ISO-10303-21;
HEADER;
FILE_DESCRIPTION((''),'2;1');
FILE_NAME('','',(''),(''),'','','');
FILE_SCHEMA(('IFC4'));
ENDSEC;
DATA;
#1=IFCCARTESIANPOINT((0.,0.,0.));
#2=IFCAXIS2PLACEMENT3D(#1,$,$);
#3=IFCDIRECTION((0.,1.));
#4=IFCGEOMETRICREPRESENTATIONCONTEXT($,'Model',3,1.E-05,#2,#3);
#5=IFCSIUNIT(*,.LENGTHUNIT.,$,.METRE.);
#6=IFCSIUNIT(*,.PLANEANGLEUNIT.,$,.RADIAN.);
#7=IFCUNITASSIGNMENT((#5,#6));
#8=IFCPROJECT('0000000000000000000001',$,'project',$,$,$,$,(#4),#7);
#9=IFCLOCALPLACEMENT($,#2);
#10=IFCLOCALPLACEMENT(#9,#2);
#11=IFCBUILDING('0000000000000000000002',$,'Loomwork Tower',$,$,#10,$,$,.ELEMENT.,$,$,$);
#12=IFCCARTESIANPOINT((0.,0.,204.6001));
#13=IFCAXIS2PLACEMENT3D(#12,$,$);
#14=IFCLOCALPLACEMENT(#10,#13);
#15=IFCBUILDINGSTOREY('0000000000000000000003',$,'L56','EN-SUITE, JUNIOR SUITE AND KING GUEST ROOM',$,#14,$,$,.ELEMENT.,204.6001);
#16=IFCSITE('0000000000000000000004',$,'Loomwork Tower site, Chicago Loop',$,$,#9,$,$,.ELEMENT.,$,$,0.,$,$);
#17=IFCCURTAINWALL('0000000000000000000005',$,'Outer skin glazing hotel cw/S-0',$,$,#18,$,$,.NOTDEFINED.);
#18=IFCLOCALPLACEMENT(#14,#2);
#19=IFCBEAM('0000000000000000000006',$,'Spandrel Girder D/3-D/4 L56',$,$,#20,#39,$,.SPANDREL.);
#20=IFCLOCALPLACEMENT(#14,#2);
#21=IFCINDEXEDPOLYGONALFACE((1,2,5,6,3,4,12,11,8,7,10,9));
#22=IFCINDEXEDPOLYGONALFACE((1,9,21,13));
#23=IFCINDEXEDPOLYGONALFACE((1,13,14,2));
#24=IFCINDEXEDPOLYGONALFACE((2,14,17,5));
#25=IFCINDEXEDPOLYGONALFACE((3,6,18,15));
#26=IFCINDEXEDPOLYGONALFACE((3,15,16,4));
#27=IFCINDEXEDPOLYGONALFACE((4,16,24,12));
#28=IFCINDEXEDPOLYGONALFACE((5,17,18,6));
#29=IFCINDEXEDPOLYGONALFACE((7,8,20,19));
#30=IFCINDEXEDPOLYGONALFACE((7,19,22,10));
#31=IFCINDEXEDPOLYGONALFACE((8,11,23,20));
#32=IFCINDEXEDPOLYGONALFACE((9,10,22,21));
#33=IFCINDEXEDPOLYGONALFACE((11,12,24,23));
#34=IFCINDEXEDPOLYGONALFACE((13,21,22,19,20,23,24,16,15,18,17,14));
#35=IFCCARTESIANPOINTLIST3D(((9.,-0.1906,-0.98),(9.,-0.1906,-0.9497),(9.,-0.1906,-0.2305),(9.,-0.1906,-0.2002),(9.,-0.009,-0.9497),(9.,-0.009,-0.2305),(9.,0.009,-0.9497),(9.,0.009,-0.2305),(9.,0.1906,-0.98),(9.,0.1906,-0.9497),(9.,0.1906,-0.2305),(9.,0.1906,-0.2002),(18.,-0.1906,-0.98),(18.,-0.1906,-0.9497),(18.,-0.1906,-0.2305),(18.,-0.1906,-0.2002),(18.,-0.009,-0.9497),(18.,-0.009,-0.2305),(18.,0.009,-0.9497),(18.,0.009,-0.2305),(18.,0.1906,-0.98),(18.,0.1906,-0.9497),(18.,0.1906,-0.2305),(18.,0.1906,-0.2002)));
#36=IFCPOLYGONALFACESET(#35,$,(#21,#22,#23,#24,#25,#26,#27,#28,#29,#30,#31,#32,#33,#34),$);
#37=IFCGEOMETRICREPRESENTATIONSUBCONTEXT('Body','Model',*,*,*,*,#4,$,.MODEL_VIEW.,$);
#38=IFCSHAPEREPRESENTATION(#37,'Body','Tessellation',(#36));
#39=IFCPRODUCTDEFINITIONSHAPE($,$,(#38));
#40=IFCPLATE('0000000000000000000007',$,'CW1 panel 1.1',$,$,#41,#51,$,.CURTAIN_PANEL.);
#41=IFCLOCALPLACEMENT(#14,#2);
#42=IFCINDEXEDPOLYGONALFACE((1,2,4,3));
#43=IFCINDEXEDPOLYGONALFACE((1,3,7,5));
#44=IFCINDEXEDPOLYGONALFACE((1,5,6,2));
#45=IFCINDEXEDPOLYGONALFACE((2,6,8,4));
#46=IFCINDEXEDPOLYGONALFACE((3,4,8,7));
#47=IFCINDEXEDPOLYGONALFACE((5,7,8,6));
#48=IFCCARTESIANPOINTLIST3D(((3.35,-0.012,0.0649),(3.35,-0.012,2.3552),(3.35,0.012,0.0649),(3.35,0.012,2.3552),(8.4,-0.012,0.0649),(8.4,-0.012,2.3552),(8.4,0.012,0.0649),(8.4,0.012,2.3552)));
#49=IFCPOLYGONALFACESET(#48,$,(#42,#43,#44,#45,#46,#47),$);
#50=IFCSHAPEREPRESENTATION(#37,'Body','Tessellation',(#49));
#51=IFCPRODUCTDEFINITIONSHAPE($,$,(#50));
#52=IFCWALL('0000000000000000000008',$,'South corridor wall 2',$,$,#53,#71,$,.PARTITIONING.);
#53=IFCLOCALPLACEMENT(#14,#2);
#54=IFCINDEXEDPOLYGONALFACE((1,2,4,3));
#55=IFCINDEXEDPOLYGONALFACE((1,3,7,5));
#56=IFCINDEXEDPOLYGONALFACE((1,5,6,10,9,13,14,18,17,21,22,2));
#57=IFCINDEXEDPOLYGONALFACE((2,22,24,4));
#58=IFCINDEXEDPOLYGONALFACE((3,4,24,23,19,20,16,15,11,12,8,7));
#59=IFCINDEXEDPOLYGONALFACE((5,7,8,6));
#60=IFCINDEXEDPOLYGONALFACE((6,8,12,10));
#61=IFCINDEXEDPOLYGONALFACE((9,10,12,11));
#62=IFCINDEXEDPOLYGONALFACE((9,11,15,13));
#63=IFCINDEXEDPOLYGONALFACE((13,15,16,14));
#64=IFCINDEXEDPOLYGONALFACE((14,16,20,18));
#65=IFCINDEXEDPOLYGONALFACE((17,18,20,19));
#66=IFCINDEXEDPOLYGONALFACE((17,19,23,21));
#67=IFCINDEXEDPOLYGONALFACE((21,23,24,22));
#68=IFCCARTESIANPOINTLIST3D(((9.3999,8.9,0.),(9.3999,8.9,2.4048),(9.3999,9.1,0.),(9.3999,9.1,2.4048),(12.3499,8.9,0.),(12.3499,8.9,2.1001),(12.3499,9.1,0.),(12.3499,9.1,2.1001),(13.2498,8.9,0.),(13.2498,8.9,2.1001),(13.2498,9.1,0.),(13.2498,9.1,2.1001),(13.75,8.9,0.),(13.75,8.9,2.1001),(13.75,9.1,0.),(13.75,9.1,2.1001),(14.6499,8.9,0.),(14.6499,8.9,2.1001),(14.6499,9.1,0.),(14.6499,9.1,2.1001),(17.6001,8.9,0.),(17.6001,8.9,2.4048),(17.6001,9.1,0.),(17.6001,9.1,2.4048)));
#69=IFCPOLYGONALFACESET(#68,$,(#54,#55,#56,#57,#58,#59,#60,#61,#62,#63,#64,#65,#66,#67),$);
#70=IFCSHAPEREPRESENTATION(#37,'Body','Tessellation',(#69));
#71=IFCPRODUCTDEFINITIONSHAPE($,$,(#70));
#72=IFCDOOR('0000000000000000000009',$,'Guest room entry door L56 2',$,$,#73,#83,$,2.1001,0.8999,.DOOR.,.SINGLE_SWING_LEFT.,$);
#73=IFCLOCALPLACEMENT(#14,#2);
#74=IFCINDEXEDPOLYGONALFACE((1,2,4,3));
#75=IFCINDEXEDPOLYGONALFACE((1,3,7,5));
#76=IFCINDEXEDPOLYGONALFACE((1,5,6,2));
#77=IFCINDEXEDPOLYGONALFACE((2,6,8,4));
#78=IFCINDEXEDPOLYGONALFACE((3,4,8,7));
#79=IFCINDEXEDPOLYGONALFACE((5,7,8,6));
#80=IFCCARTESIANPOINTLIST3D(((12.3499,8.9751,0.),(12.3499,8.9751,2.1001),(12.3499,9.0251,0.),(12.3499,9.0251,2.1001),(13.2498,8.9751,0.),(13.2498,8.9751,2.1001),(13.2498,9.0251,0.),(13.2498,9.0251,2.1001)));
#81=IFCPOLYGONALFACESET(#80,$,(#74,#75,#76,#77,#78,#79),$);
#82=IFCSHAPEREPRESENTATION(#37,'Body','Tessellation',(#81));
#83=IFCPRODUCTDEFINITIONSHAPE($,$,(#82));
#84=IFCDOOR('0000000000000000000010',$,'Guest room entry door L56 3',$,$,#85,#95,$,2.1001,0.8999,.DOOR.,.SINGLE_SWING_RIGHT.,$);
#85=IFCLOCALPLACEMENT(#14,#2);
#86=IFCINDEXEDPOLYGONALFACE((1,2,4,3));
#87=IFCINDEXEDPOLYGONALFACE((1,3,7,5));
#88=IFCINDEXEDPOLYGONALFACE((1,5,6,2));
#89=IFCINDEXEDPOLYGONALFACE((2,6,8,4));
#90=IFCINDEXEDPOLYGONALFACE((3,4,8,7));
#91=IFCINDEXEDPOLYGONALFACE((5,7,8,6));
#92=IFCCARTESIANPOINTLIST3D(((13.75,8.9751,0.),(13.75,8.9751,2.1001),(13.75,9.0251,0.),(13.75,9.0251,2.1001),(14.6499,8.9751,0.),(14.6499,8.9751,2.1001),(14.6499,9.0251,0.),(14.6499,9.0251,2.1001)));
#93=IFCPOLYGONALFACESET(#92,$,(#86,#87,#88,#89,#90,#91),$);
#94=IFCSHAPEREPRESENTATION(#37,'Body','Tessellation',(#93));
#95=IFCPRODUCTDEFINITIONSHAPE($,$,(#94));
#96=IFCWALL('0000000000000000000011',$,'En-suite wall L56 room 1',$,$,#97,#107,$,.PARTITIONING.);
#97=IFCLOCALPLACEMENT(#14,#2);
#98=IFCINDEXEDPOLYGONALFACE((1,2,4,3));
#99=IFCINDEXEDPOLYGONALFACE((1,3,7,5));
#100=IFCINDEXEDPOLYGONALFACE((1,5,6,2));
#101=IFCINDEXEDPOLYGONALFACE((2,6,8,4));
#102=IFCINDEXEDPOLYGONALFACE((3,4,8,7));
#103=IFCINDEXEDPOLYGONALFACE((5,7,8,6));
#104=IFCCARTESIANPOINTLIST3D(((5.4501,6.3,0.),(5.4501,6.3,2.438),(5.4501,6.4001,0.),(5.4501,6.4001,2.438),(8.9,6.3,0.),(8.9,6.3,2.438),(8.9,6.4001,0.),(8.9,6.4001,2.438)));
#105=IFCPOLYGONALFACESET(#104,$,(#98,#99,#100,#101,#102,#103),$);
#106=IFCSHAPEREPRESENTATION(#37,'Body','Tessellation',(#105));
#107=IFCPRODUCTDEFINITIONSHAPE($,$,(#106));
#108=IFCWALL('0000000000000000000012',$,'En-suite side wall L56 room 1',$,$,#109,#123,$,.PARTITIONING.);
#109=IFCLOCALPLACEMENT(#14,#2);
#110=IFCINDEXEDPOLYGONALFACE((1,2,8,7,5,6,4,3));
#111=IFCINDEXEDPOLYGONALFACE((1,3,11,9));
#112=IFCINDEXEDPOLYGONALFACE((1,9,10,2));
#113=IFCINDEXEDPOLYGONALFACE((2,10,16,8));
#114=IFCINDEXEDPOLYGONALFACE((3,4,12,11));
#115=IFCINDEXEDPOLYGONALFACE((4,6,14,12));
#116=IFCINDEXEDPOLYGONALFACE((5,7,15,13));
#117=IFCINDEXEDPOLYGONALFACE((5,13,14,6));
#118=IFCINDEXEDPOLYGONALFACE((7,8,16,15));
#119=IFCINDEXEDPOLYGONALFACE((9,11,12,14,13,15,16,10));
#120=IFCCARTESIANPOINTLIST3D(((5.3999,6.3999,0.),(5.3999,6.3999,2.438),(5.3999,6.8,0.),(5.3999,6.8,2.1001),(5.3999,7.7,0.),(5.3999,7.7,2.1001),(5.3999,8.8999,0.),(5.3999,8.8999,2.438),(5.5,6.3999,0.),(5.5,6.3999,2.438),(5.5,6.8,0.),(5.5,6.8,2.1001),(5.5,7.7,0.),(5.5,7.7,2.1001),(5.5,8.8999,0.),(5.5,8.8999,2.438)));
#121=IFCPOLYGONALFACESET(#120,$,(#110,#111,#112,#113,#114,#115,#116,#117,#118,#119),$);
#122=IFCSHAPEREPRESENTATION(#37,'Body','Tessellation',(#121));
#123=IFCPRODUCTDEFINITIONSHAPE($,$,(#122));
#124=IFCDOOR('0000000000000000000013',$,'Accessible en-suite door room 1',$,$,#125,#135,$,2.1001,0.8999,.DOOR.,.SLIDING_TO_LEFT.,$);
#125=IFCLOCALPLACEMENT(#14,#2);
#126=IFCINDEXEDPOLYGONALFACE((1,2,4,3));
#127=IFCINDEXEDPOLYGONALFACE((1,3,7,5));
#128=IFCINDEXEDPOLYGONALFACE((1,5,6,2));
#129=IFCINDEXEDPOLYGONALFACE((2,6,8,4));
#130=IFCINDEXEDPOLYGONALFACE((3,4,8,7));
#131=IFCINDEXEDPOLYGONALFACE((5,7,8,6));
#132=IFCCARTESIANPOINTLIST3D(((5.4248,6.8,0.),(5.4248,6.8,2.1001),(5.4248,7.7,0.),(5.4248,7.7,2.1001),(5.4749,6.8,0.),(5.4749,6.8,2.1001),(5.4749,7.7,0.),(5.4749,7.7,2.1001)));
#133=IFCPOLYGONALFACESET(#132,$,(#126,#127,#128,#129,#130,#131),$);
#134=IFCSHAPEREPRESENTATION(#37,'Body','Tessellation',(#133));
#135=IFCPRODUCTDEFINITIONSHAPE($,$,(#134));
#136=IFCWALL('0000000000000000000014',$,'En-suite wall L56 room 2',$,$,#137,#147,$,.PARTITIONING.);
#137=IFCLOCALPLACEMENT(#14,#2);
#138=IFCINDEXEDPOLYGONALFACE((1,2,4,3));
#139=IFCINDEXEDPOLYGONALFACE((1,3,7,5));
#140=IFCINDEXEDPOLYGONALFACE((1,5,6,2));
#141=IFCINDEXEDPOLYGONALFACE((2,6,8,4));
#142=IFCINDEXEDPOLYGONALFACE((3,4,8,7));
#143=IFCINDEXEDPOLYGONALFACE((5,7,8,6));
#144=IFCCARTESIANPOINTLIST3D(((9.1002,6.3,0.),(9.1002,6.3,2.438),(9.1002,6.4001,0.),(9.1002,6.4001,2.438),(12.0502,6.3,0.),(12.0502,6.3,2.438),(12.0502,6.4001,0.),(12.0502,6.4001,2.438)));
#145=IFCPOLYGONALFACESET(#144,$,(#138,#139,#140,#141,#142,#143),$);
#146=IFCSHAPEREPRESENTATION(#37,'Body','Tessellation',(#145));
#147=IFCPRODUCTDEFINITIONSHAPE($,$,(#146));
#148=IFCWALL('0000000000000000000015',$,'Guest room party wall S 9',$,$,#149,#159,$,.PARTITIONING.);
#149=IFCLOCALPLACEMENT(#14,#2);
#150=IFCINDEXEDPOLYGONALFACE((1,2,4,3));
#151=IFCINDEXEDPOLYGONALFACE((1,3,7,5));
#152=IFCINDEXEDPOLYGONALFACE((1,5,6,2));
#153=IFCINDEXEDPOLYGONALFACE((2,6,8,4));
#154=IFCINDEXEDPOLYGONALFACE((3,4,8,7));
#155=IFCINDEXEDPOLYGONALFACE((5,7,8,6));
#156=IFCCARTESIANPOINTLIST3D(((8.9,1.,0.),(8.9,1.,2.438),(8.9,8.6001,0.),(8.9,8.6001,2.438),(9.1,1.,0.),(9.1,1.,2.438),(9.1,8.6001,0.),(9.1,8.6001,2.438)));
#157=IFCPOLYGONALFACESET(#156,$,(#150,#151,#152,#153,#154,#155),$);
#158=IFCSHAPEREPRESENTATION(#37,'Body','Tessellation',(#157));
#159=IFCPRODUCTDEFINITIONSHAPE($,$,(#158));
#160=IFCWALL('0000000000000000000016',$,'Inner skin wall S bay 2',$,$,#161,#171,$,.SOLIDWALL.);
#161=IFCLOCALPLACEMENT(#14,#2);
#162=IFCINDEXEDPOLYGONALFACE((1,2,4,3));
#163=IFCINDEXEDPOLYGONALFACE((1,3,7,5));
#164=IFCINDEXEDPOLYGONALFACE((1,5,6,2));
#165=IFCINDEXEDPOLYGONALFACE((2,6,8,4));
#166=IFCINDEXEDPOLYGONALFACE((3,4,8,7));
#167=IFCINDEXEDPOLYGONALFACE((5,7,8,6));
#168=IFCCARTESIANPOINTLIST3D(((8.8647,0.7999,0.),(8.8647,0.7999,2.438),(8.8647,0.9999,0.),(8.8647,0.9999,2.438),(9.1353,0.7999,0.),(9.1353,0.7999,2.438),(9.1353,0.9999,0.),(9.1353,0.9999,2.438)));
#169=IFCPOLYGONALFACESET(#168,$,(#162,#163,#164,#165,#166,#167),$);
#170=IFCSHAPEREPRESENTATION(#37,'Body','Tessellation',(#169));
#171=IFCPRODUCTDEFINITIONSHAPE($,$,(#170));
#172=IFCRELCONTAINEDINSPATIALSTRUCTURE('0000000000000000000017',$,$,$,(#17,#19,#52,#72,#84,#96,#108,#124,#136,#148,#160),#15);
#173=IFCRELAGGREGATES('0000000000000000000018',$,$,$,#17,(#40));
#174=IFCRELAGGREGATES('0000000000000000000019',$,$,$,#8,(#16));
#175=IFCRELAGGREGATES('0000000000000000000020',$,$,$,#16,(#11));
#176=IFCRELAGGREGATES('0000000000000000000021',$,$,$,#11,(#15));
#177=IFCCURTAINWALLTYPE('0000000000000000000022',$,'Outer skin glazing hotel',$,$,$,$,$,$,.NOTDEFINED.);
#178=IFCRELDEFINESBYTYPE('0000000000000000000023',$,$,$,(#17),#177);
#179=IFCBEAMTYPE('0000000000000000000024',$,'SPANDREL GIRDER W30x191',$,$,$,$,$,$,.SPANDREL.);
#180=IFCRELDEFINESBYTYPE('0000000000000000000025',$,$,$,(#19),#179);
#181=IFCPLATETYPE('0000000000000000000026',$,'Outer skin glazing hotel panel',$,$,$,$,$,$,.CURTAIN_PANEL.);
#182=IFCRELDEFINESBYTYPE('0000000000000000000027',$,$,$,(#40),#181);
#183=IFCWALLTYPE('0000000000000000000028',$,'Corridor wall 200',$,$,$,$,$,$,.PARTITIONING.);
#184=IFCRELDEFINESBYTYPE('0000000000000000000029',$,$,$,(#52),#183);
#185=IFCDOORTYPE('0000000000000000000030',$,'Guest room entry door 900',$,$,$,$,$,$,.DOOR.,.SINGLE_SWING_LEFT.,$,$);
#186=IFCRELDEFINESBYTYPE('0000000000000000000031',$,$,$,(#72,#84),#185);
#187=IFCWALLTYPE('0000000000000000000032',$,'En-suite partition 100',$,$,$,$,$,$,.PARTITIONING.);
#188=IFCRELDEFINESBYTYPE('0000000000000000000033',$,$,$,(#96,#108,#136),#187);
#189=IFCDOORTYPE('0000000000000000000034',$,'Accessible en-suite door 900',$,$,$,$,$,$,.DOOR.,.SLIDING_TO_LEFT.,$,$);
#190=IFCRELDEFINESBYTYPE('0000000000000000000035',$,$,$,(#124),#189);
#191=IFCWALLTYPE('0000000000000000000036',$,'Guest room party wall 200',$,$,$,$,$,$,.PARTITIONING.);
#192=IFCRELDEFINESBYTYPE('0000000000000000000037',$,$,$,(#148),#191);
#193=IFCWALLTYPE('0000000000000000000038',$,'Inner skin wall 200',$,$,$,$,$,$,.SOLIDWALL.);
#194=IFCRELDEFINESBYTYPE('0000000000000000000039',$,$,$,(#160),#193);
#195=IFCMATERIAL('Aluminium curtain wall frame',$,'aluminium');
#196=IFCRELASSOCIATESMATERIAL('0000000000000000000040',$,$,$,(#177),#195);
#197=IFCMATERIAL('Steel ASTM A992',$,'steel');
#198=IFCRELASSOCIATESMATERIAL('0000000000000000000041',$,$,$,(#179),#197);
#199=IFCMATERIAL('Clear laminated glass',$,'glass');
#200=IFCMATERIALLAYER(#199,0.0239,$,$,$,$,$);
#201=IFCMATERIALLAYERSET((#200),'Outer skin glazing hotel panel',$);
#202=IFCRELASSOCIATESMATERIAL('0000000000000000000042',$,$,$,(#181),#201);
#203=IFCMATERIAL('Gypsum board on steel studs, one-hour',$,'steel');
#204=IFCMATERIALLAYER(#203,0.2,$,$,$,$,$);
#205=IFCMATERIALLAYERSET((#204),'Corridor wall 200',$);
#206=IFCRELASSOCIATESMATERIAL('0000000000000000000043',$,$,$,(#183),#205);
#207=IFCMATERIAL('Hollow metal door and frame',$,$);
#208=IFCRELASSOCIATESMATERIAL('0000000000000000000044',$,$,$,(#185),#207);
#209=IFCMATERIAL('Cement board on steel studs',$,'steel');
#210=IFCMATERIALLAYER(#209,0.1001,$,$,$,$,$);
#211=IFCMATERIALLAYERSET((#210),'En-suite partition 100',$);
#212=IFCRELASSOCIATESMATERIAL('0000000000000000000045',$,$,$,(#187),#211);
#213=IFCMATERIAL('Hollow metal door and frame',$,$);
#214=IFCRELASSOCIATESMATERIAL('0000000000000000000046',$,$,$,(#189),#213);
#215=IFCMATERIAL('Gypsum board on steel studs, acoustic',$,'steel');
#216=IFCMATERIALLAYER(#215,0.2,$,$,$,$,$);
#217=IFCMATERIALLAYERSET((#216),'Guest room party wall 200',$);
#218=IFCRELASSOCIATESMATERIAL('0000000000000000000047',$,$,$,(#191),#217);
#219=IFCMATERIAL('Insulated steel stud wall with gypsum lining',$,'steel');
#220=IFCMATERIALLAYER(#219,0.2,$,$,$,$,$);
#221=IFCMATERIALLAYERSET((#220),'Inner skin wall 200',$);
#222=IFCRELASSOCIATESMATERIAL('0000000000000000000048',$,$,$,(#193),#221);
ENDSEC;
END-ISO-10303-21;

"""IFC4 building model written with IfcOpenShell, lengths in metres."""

from ifc_helpers import new_model, si_unit, direction, frame, frame_2d, origin, origin_2d, place, context, subcontext, project, spatial, rectangle, i_section, extrude, material, layer, layer_set, material_profile, profile_set, type_object, element, fill, aggregate, save


model = new_model("IFC4")

# Units and contexts
model_context = context("Model", 3, precision=1e-05, world=origin(), true_north=direction((0.0, 1.0)))
body_context = subcontext(model_context, "Body", "Model", "MODEL_VIEW")
ifc_project = project(units=[si_unit("LENGTHUNIT", "METRE"), si_unit("PLANEANGLEUNIT", "RADIAN")], contexts=[model_context])

# Site, building, storey
site_placement = place(None, origin())
site = spatial("IfcSite", under=ifc_project, at=site_placement, Name="Loomwork Tower site, Chicago Loop", CompositionType="ELEMENT", RefElevation=0.0)
building_placement = place(site_placement, origin())
building = spatial("IfcBuilding", under=site, at=building_placement, Name="Loomwork Tower", CompositionType="ELEMENT")
storey_placement = place(building_placement, frame((0.0, 0.0, 204.6001)))
storey = spatial("IfcBuildingStorey", under=building, at=storey_placement, Name="L56", Description="EN-SUITE, JUNIOR SUITE AND KING GUEST ROOM", CompositionType="ELEMENT", Elevation=204.6001)

# Curtain wall
ifc_material_1 = material(Name="Aluminium curtain wall frame", Category="aluminium")
curtain_wall_type = type_object("IfcCurtainWallType", Name="Outer skin glazing hotel", PredefinedType="NOTDEFINED", material=ifc_material_1)
curtain_wall_1_placement = place(storey_placement, origin())
curtain_wall_1 = element("IfcCurtainWall", 1, at=curtain_wall_1_placement, inside=storey, type_object=curtain_wall_type, Name="Outer skin glazing hotel cw/S-0", PredefinedType="NOTDEFINED")

# Beam
ifc_material_2 = material(Name="Steel ASTM A992", Category="steel")
ifc_material_profile_1 = material_profile(ifc_material_2, i_section(OverallWidth=0.3811, OverallDepth=0.7798, WebThickness=0.0181, FlangeThickness=0.0303, at=origin_2d()), Name="W30x191")
ifc_profile_set_1 = profile_set([ifc_material_profile_1], Name="Steel ASTM A992")
beam_type_1 = type_object("IfcBeamType", Name="SPANDREL GIRDER W30x191", PredefinedType="SPANDREL", material=ifc_profile_set_1)
beam_1_placement = place(storey_placement, frame((9.0, 0.0, -0.5901), z_axis=(1.0, 0.0, 0.0), x_axis=(0.0, 1.0, 0.0)))
element("IfcBeam", 2, at=beam_1_placement, inside=storey, type_object=beam_type_1, Name="Spandrel Girder D/3-D/4 L56", PredefinedType="SPANDREL", context=body_context, shape_type="SweptSolid", body=[
    extrude(i_section(OverallWidth=0.3811, OverallDepth=0.7798, WebThickness=0.0181, FlangeThickness=0.0303, at=origin_2d()), origin(), (0.0, 0.0, 1.0), 9.0),
])

# Plate
ifc_material_3 = material(Name="Clear laminated glass", Category="glass")
ifc_layer_1 = layer(ifc_material_3, 0.0239)
ifc_layer_set_1 = layer_set([ifc_layer_1], Name="Outer skin glazing hotel panel")
plate_type = type_object("IfcPlateType", Name="Outer skin glazing hotel panel", PredefinedType="CURTAIN_PANEL", material=ifc_layer_set_1)
plate_placement = place(storey_placement, frame((5.875, 0.0, 0.0649), z_axis=(0.0, 0.0, 1.0), x_axis=(1.0, 0.0, 0.0)))
plate = element("IfcPlate", 3, at=plate_placement, type_object=plate_type, Name="CW1 panel 1.1", PredefinedType="CURTAIN_PANEL", context=body_context, shape_type="SweptSolid", body=[
    extrude(rectangle(XDim=5.05, YDim=0.0239, at=origin_2d()), origin(), (0.0, 0.0, 1.0), 2.2903),
])
aggregate(curtain_wall_1, [plate])

# Wall, openings, doors
ifc_material_4 = material(Name="Gypsum board on steel studs, one-hour", Category="steel")
ifc_layer_2 = layer(ifc_material_4, 0.2)
ifc_layer_set_2 = layer_set([ifc_layer_2], Name="Corridor wall 200")
wall_type_1 = type_object("IfcWallType", Name="Corridor wall 200", PredefinedType="PARTITIONING", material=ifc_layer_set_2)
wall_1_placement = place(storey_placement, frame((9.3999, 9.0, 0.0), z_axis=(0.0, 0.0, 1.0), x_axis=(1.0, 0.0, 0.0)))
wall_1 = element("IfcWall", 4, at=wall_1_placement, inside=storey, type_object=wall_type_1, Name="South corridor wall 2", PredefinedType="PARTITIONING", context=body_context, shape_type="SweptSolid", body=[
    extrude(rectangle(XDim=8.2002, YDim=0.2, at=frame_2d((4.1001, 0.0))), origin(), (0.0, 0.0, 1.0), 2.4048),
])
opening_1_placement = place(wall_1_placement, frame((2.95, 0.0, 0.0)))
opening_1 = element("IfcOpeningElement", 5, at=opening_1_placement, cuts=wall_1, PredefinedType="OPENING", context=body_context, shape_type="SweptSolid", body=[
    extrude(rectangle(XDim=0.8999, YDim=2.1001, at=frame_2d((0.45, 1.05))), frame((0.0, 0.1099, 0.0), z_axis=(0.0, -1.0, 0.0), x_axis=(1.0, 0.0, 0.0)), (0.0, 0.0, 1.0), 0.22),
])
opening_2_placement = place(wall_1_placement, frame((4.3501, 0.0, 0.0)))
opening_2 = element("IfcOpeningElement", 6, at=opening_2_placement, cuts=wall_1, PredefinedType="OPENING", context=body_context, shape_type="SweptSolid", body=[
    extrude(rectangle(XDim=0.8999, YDim=2.1001, at=frame_2d((0.45, 1.05))), frame((0.0, 0.1099, 0.0), z_axis=(0.0, -1.0, 0.0), x_axis=(1.0, 0.0, 0.0)), (0.0, 0.0, 1.0), 0.22),
])
ifc_material_5 = material(Name="Hollow metal door and frame")
door_type_1 = type_object("IfcDoorType", Name="Guest room entry door 900", OperationType="SINGLE_SWING_LEFT", PredefinedType="DOOR", material=ifc_material_5)
door_1_placement = place(opening_1_placement, frame((0.8999, 0.0, 0.0), z_axis=(0.0, 0.0, 1.0), x_axis=(-1.0, 0.0, 0.0)))
door_1 = element("IfcDoor", 7, at=door_1_placement, inside=storey, type_object=door_type_1, Name="Guest room entry door L56 2", OperationType="SINGLE_SWING_LEFT", OverallHeight=2.1001, OverallWidth=0.8999, PredefinedType="DOOR", context=body_context, shape_type="SweptSolid", body=[
    extrude(rectangle(XDim=0.8999, YDim=2.1001, at=frame_2d((0.45, 1.05))), frame((0.0, 0.0249, 0.0), z_axis=(0.0, -1.0, 0.0), x_axis=(1.0, 0.0, 0.0)), (0.0, 0.0, 1.0), 0.05),
])
fill(opening_1, door_1)
door_2_placement = place(opening_2_placement, frame((0.8999, 0.0, 0.0), z_axis=(0.0, 0.0, 1.0), x_axis=(-1.0, 0.0, 0.0)))
door_2 = element("IfcDoor", 8, at=door_2_placement, inside=storey, type_object=door_type_1, Name="Guest room entry door L56 3", OperationType="SINGLE_SWING_RIGHT", OverallHeight=2.1001, OverallWidth=0.8999, PredefinedType="DOOR", context=body_context, shape_type="SweptSolid", body=[
    extrude(rectangle(XDim=0.8999, YDim=2.1001, at=frame_2d((0.45, 1.05))), frame((0.0, 0.0249, 0.0), z_axis=(0.0, -1.0, 0.0), x_axis=(1.0, 0.0, 0.0)), (0.0, 0.0, 1.0), 0.05),
])
fill(opening_2, door_2)

# Wall
ifc_material_6 = material(Name="Cement board on steel studs", Category="steel")
ifc_layer_3 = layer(ifc_material_6, 0.1001)
ifc_layer_set_3 = layer_set([ifc_layer_3], Name="En-suite partition 100")
wall_type_2 = type_object("IfcWallType", Name="En-suite partition 100", PredefinedType="PARTITIONING", material=ifc_layer_set_3)
wall_2_placement = place(storey_placement, frame((5.45, 6.3501, 0.0), z_axis=(0.0, 0.0, 1.0), x_axis=(1.0, 0.0, 0.0)))
element("IfcWall", 9, at=wall_2_placement, inside=storey, type_object=wall_type_2, Name="En-suite wall L56 room 1", PredefinedType="PARTITIONING", context=body_context, shape_type="SweptSolid", body=[
    extrude(rectangle(XDim=3.45, YDim=0.1001, at=frame_2d((1.7251, 0.0))), origin(), (0.0, 0.0, 1.0), 2.438),
])

# Wall, opening, door
wall_3_placement = place(storey_placement, frame((5.45, 8.8999, 0.0), z_axis=(0.0, 0.0, 1.0), x_axis=(0.0, -1.0, 0.0)))
wall_3 = element("IfcWall", 10, at=wall_3_placement, inside=storey, type_object=wall_type_2, Name="En-suite side wall L56 room 1", PredefinedType="PARTITIONING", context=body_context, shape_type="SweptSolid", body=[
    extrude(rectangle(XDim=2.5, YDim=0.1001, at=frame_2d((1.25, 0.0))), origin(), (0.0, 0.0, 1.0), 2.438),
])
opening_3_placement = place(wall_3_placement, frame((1.2, 0.0, 0.0)))
opening_3 = element("IfcOpeningElement", 11, at=opening_3_placement, cuts=wall_3, PredefinedType="OPENING", context=body_context, shape_type="SweptSolid", body=[
    extrude(rectangle(XDim=0.8999, YDim=2.1001, at=frame_2d((0.45, 1.05))), frame((0.0, 0.0601, 0.0), z_axis=(0.0, -1.0, 0.0), x_axis=(1.0, 0.0, 0.0)), (0.0, 0.0, 1.0), 0.1201),
])
ifc_material_7 = material(Name="Hollow metal door and frame")
door_type_2 = type_object("IfcDoorType", Name="Accessible en-suite door 900", OperationType="SLIDING_TO_LEFT", PredefinedType="DOOR", material=ifc_material_7)
door_3_placement = place(opening_3_placement, origin())
door_3 = element("IfcDoor", 12, at=door_3_placement, inside=storey, type_object=door_type_2, Name="Accessible en-suite door room 1", OperationType="SLIDING_TO_LEFT", OverallHeight=2.1001, OverallWidth=0.8999, PredefinedType="DOOR", context=body_context, shape_type="SweptSolid", body=[
    extrude(rectangle(XDim=0.8999, YDim=2.1001, at=frame_2d((0.45, 1.05))), frame((0.0, 0.0249, 0.0), z_axis=(0.0, -1.0, 0.0), x_axis=(1.0, 0.0, 0.0)), (0.0, 0.0, 1.0), 0.05),
])
fill(opening_3, door_3)

# Walls
wall_4_placement = place(storey_placement, frame((9.1001, 6.3501, 0.0), z_axis=(0.0, 0.0, 1.0), x_axis=(1.0, 0.0, 0.0)))
element("IfcWall", 13, at=wall_4_placement, inside=storey, type_object=wall_type_2, Name="En-suite wall L56 room 2", PredefinedType="PARTITIONING", context=body_context, shape_type="SweptSolid", body=[
    extrude(rectangle(XDim=2.95, YDim=0.1001, at=frame_2d((1.4751, 0.0))), origin(), (0.0, 0.0, 1.0), 2.438),
])
ifc_material_8 = material(Name="Gypsum board on steel studs, acoustic", Category="steel")
ifc_layer_4 = layer(ifc_material_8, 0.2)
ifc_layer_set_4 = layer_set([ifc_layer_4], Name="Guest room party wall 200")
wall_type_3 = type_object("IfcWallType", Name="Guest room party wall 200", PredefinedType="PARTITIONING", material=ifc_layer_set_4)
wall_5_placement = place(storey_placement, frame((9.0, 8.6001, 0.0), z_axis=(0.0, 0.0, 1.0), x_axis=(0.0, -1.0, 0.0)))
element("IfcWall", 14, at=wall_5_placement, inside=storey, type_object=wall_type_3, Name="Guest room party wall S 9", PredefinedType="PARTITIONING", context=body_context, shape_type="SweptSolid", body=[
    extrude(rectangle(XDim=7.6001, YDim=0.2, at=frame_2d((3.8, 0.0))), origin(), (0.0, 0.0, 1.0), 2.438),
])
ifc_material_9 = material(Name="Insulated steel stud wall with gypsum lining", Category="steel")
ifc_layer_5 = layer(ifc_material_9, 0.2)
ifc_layer_set_5 = layer_set([ifc_layer_5], Name="Inner skin wall 200")
wall_type_4 = type_object("IfcWallType", Name="Inner skin wall 200", PredefinedType="SOLIDWALL", material=ifc_layer_set_5)
wall_6_placement = place(storey_placement, frame((8.8647, 0.8999, 0.0), z_axis=(0.0, 0.0, 1.0), x_axis=(1.0, 0.0, 0.0)))
element("IfcWall", 15, at=wall_6_placement, inside=storey, type_object=wall_type_4, Name="Inner skin wall S bay 2", PredefinedType="SOLIDWALL", context=body_context, shape_type="SweptSolid", body=[
    extrude(rectangle(XDim=0.2705, YDim=0.2, at=frame_2d((0.1353, 0.0))), origin(), (0.0, 0.0, 1.0), 2.438),
])

save(model, "model.ifc")
